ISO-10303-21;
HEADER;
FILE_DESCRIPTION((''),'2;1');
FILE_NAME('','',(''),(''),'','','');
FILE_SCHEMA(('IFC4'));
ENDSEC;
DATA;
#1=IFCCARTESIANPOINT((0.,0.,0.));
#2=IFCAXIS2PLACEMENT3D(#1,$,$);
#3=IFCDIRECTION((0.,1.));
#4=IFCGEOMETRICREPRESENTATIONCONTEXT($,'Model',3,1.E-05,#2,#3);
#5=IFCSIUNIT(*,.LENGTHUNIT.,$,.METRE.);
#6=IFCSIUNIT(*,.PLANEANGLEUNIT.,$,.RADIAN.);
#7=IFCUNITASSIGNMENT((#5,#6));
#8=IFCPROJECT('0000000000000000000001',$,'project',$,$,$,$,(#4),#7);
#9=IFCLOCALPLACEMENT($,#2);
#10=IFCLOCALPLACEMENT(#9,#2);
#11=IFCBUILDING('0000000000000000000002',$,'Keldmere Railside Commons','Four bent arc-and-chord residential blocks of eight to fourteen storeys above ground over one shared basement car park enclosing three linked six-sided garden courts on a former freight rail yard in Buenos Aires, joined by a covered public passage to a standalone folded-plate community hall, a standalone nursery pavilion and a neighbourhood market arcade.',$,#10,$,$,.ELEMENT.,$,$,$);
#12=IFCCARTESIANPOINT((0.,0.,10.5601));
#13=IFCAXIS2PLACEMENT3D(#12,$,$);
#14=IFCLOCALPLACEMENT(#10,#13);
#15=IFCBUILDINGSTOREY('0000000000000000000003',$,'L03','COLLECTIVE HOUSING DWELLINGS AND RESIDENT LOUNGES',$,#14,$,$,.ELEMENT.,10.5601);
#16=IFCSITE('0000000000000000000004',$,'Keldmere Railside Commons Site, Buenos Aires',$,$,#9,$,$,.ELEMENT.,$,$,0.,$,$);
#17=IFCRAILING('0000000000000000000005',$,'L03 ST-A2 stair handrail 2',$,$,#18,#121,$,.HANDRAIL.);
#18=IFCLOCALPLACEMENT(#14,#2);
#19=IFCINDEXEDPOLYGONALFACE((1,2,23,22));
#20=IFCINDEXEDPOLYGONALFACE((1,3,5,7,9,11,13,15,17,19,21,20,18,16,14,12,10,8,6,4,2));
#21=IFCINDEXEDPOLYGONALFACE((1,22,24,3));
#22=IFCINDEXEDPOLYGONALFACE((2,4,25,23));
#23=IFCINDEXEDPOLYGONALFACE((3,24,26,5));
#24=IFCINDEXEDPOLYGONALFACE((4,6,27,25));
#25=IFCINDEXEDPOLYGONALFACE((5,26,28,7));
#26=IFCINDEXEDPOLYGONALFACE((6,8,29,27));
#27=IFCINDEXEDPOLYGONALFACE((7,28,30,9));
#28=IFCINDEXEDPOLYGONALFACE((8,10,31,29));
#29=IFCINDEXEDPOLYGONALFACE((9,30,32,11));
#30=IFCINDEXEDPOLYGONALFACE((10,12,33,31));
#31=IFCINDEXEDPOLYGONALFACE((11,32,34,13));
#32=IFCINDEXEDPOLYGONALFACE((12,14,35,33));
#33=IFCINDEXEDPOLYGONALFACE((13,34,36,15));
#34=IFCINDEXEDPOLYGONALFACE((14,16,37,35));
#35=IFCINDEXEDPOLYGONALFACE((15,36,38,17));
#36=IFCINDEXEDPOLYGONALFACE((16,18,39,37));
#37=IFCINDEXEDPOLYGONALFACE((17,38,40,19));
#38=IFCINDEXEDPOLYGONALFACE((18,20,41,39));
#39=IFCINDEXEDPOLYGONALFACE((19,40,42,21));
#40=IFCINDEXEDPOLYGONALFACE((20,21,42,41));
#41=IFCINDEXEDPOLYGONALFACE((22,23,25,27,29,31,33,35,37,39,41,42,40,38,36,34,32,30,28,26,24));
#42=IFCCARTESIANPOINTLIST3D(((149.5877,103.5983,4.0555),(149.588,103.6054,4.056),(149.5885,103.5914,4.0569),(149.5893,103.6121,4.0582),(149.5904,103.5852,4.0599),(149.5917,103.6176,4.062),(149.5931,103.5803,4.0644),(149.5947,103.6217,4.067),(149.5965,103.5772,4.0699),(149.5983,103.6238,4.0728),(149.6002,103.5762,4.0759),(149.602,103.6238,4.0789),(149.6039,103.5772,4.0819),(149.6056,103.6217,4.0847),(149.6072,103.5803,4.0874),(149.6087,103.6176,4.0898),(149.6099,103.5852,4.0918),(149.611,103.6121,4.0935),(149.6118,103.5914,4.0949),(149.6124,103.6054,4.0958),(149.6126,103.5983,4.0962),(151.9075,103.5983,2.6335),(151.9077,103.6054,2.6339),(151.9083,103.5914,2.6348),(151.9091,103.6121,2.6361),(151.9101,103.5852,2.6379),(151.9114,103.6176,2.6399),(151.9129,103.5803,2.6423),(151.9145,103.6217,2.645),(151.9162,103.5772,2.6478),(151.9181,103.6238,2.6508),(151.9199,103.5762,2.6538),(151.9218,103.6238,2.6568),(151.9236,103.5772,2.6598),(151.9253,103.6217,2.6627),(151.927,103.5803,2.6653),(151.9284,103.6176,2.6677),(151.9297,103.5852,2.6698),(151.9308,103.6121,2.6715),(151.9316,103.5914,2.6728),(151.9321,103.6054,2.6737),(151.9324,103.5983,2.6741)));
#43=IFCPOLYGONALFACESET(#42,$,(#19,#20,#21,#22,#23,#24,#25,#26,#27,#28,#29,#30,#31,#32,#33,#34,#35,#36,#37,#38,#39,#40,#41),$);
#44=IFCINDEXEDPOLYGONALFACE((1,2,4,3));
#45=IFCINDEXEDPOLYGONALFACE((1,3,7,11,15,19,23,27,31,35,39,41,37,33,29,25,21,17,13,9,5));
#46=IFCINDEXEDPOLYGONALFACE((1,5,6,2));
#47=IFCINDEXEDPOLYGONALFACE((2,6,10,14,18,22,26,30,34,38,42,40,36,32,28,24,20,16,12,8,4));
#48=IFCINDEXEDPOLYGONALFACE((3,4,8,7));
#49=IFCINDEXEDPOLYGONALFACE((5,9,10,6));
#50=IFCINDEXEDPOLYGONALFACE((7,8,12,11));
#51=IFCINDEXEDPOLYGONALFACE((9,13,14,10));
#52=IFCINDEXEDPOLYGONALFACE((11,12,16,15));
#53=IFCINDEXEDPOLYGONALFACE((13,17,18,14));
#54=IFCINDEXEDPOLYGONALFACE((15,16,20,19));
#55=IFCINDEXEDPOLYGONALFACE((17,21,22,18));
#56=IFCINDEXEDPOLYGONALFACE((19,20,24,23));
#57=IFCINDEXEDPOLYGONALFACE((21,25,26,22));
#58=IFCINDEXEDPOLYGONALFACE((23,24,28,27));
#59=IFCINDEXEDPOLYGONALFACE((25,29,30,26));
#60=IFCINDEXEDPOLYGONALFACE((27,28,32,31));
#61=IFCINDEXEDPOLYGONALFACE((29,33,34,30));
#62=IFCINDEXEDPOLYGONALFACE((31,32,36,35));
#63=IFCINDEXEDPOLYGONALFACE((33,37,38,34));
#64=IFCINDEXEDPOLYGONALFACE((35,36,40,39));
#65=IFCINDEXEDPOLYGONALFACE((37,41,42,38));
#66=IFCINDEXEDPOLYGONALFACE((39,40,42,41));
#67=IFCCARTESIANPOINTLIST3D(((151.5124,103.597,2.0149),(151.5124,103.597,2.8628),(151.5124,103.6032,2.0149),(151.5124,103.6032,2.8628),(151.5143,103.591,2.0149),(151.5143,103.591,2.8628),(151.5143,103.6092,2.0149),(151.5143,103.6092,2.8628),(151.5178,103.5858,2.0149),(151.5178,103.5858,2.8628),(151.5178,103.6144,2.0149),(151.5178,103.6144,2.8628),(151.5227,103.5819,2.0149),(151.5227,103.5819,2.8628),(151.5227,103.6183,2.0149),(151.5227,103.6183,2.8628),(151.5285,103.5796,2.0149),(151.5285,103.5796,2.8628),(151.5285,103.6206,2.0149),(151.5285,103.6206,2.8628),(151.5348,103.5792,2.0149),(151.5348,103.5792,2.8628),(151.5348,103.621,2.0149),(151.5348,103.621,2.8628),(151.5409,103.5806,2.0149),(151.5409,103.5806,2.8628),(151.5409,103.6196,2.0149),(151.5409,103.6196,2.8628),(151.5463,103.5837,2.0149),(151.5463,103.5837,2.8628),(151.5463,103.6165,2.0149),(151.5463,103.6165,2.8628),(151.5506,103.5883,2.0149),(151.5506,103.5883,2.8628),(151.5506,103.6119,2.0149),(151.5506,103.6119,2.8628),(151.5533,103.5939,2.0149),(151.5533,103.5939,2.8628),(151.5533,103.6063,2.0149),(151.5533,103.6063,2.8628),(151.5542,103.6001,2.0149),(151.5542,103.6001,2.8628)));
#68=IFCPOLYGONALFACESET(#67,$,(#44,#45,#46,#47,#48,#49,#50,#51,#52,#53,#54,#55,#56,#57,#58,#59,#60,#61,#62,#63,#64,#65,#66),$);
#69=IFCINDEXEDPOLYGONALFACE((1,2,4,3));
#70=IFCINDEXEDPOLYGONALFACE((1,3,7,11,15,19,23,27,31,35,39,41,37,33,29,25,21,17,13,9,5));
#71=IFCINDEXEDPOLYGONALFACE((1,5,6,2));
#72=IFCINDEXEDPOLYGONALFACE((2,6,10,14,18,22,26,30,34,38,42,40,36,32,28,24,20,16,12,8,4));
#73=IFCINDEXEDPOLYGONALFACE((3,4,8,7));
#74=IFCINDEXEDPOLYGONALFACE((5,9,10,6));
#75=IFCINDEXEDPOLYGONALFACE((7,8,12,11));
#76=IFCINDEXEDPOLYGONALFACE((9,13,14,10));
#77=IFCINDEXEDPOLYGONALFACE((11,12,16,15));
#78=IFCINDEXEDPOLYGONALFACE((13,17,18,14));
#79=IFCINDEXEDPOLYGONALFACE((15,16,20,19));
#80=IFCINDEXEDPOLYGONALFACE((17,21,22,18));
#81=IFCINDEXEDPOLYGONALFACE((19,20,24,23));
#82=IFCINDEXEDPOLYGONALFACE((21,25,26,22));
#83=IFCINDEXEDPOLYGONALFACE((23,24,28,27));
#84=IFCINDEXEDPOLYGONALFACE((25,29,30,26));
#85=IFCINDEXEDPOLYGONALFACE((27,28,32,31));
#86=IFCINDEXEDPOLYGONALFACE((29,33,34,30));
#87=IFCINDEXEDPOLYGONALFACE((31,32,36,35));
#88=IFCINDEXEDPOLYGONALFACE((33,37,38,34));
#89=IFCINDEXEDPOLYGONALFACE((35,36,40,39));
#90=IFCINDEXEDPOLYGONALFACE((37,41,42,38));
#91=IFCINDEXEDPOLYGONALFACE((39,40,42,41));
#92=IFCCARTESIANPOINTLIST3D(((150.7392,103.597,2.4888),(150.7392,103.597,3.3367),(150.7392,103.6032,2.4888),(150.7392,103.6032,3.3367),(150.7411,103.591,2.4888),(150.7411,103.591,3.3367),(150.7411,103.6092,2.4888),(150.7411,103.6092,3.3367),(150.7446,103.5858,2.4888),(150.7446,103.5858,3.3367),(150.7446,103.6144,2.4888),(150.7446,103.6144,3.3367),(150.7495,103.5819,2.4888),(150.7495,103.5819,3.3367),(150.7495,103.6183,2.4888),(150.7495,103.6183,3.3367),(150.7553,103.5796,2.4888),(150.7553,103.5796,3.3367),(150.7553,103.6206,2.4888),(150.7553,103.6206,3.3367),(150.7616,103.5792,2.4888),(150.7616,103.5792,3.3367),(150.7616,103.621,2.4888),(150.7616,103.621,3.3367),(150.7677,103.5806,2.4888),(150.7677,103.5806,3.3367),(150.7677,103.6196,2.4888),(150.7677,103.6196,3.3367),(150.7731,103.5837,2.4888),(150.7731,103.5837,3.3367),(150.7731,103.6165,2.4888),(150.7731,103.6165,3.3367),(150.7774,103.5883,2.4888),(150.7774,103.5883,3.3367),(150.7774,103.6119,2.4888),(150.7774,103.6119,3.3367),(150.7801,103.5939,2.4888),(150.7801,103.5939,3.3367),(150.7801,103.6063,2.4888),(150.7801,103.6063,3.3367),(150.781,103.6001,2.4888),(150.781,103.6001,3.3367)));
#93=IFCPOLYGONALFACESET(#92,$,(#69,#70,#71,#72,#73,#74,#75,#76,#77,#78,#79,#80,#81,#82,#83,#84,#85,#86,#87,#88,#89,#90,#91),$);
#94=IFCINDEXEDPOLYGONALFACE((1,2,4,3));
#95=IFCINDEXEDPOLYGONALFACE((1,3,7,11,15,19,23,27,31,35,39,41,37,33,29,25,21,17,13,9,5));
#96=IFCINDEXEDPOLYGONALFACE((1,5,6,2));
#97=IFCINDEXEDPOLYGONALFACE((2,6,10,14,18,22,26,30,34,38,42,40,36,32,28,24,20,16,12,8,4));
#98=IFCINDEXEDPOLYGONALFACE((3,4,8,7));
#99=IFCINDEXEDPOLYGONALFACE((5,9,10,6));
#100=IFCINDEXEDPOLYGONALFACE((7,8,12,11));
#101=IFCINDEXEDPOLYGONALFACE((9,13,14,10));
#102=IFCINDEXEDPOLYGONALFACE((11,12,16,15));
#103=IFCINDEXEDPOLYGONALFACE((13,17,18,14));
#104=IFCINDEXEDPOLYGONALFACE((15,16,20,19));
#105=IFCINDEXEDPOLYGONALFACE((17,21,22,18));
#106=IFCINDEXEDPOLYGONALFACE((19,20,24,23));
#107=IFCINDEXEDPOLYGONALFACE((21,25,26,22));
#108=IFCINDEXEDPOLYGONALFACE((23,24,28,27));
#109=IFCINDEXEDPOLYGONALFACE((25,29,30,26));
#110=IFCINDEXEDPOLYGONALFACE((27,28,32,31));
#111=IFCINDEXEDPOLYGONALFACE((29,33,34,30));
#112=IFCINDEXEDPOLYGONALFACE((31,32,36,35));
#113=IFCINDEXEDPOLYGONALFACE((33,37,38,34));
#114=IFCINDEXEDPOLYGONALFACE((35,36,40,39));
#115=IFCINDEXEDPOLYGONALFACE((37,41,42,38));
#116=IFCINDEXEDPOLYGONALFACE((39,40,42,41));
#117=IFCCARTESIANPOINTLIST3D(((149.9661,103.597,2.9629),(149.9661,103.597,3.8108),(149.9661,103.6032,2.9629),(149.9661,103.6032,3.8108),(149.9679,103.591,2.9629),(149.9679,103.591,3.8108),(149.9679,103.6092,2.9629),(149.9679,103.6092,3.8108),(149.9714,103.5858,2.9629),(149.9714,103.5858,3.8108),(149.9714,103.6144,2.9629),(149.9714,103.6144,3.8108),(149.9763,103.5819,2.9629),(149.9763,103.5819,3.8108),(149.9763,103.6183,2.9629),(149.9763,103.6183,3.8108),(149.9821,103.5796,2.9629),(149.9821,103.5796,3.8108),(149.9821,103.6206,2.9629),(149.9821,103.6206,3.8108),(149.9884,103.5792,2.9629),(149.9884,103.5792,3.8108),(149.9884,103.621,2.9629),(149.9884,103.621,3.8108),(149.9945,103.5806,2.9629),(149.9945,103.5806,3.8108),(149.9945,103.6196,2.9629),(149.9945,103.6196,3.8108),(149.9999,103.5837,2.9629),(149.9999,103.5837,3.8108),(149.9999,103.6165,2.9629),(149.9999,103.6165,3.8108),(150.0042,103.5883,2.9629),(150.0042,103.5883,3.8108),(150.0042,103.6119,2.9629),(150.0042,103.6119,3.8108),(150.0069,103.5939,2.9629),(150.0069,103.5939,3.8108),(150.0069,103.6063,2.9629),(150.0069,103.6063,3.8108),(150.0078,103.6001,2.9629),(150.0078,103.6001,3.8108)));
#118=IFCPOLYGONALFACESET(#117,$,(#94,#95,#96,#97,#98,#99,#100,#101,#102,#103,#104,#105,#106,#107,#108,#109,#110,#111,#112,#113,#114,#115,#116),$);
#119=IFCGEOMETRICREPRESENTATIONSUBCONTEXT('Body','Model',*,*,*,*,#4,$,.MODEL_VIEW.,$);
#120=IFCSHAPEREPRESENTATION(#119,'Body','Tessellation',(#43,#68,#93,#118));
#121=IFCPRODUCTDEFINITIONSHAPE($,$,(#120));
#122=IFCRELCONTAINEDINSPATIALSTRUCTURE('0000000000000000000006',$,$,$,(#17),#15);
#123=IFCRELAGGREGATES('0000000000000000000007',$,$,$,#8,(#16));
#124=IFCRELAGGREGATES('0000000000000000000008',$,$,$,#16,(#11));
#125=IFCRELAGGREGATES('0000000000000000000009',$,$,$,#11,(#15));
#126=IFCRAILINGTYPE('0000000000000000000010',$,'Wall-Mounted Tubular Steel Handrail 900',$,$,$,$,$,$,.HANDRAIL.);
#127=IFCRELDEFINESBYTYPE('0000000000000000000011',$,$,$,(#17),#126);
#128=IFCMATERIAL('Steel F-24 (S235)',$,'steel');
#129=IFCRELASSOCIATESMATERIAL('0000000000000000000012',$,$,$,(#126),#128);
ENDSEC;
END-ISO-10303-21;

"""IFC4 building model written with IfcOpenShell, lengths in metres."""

from ifc_helpers import new_model, si_unit, direction, frame, origin, origin_2d, place, context, subcontext, project, spatial, circle, extrude, material, type_object, element, save


model = new_model("IFC4")

# Units and contexts
model_context = context("Model", 3, precision=1e-05, world=origin(), true_north=direction((0.0, 1.0)))
body_context = subcontext(model_context, "Body", "Model", "MODEL_VIEW")
ifc_project = project(units=[si_unit("LENGTHUNIT", "METRE"), si_unit("PLANEANGLEUNIT", "RADIAN")], contexts=[model_context])

# Site, building, storey
site_placement = place(None, origin())
site = spatial("IfcSite", under=ifc_project, at=site_placement, Name="Keldmere Railside Commons Site, Buenos Aires", CompositionType="ELEMENT", RefElevation=0.0)
building_placement = place(site_placement, origin())
building = spatial("IfcBuilding", under=site, at=building_placement, Name="Keldmere Railside Commons", Description="Four bent arc-and-chord residential blocks of eight to fourteen storeys above ground over one shared basement car park enclosing three linked six-sided garden courts on a former freight rail yard in Buenos Aires, joined by a covered public passage to a standalone folded-plate community hall, a standalone nursery pavilion and a neighbourhood market arcade.", CompositionType="ELEMENT")
storey_placement = place(building_placement, frame((0.0, 0.0, 10.5601)))
storey = spatial("IfcBuildingStorey", under=building, at=storey_placement, Name="L03", Description="COLLECTIVE HOUSING DWELLINGS AND RESIDENT LOUNGES", CompositionType="ELEMENT", Elevation=10.5601)

# Shared definitions
ifc_material_1 = material(Name="Steel F-24 (S235)", Category="steel")

# Railing
railing_type_1 = type_object("IfcRailingType", Name="Wall-Mounted Tubular Steel Handrail 900", PredefinedType="HANDRAIL", material=ifc_material_1)
railing_1_placement = place(storey_placement, frame((151.9199, 103.6001, 1.7778)))
element("IfcRailing", 1, at=railing_1_placement, inside=storey, type_object=railing_type_1, Name="L03 ST-A2 stair handrail 2", PredefinedType="HANDRAIL", context=body_context, shape_type="SweptSolid", body=[
    extrude(circle(Radius=0.0239, at=origin_2d()), frame((0.0, 0.0, 0.876), z_axis=(-0.852554, 0.0, 0.52264), x_axis=(0.0, -1.0, 0.0)), (0.0, 0.0, 1.0), 2.7209),
    extrude(circle(Radius=0.021, at=origin_2d()), frame((-0.3867, 0.0, 0.2371)), (0.0, 0.0, 1.0), 0.8479),
    extrude(circle(Radius=0.021, at=origin_2d()), frame((-1.1599, 0.0, 0.7109)), (0.0, 0.0, 1.0), 0.8479),
    extrude(circle(Radius=0.021, at=origin_2d()), frame((-1.9331, 0.0, 1.1851)), (0.0, 0.0, 1.0), 0.8479),
])

save(model, "model.ifc")
